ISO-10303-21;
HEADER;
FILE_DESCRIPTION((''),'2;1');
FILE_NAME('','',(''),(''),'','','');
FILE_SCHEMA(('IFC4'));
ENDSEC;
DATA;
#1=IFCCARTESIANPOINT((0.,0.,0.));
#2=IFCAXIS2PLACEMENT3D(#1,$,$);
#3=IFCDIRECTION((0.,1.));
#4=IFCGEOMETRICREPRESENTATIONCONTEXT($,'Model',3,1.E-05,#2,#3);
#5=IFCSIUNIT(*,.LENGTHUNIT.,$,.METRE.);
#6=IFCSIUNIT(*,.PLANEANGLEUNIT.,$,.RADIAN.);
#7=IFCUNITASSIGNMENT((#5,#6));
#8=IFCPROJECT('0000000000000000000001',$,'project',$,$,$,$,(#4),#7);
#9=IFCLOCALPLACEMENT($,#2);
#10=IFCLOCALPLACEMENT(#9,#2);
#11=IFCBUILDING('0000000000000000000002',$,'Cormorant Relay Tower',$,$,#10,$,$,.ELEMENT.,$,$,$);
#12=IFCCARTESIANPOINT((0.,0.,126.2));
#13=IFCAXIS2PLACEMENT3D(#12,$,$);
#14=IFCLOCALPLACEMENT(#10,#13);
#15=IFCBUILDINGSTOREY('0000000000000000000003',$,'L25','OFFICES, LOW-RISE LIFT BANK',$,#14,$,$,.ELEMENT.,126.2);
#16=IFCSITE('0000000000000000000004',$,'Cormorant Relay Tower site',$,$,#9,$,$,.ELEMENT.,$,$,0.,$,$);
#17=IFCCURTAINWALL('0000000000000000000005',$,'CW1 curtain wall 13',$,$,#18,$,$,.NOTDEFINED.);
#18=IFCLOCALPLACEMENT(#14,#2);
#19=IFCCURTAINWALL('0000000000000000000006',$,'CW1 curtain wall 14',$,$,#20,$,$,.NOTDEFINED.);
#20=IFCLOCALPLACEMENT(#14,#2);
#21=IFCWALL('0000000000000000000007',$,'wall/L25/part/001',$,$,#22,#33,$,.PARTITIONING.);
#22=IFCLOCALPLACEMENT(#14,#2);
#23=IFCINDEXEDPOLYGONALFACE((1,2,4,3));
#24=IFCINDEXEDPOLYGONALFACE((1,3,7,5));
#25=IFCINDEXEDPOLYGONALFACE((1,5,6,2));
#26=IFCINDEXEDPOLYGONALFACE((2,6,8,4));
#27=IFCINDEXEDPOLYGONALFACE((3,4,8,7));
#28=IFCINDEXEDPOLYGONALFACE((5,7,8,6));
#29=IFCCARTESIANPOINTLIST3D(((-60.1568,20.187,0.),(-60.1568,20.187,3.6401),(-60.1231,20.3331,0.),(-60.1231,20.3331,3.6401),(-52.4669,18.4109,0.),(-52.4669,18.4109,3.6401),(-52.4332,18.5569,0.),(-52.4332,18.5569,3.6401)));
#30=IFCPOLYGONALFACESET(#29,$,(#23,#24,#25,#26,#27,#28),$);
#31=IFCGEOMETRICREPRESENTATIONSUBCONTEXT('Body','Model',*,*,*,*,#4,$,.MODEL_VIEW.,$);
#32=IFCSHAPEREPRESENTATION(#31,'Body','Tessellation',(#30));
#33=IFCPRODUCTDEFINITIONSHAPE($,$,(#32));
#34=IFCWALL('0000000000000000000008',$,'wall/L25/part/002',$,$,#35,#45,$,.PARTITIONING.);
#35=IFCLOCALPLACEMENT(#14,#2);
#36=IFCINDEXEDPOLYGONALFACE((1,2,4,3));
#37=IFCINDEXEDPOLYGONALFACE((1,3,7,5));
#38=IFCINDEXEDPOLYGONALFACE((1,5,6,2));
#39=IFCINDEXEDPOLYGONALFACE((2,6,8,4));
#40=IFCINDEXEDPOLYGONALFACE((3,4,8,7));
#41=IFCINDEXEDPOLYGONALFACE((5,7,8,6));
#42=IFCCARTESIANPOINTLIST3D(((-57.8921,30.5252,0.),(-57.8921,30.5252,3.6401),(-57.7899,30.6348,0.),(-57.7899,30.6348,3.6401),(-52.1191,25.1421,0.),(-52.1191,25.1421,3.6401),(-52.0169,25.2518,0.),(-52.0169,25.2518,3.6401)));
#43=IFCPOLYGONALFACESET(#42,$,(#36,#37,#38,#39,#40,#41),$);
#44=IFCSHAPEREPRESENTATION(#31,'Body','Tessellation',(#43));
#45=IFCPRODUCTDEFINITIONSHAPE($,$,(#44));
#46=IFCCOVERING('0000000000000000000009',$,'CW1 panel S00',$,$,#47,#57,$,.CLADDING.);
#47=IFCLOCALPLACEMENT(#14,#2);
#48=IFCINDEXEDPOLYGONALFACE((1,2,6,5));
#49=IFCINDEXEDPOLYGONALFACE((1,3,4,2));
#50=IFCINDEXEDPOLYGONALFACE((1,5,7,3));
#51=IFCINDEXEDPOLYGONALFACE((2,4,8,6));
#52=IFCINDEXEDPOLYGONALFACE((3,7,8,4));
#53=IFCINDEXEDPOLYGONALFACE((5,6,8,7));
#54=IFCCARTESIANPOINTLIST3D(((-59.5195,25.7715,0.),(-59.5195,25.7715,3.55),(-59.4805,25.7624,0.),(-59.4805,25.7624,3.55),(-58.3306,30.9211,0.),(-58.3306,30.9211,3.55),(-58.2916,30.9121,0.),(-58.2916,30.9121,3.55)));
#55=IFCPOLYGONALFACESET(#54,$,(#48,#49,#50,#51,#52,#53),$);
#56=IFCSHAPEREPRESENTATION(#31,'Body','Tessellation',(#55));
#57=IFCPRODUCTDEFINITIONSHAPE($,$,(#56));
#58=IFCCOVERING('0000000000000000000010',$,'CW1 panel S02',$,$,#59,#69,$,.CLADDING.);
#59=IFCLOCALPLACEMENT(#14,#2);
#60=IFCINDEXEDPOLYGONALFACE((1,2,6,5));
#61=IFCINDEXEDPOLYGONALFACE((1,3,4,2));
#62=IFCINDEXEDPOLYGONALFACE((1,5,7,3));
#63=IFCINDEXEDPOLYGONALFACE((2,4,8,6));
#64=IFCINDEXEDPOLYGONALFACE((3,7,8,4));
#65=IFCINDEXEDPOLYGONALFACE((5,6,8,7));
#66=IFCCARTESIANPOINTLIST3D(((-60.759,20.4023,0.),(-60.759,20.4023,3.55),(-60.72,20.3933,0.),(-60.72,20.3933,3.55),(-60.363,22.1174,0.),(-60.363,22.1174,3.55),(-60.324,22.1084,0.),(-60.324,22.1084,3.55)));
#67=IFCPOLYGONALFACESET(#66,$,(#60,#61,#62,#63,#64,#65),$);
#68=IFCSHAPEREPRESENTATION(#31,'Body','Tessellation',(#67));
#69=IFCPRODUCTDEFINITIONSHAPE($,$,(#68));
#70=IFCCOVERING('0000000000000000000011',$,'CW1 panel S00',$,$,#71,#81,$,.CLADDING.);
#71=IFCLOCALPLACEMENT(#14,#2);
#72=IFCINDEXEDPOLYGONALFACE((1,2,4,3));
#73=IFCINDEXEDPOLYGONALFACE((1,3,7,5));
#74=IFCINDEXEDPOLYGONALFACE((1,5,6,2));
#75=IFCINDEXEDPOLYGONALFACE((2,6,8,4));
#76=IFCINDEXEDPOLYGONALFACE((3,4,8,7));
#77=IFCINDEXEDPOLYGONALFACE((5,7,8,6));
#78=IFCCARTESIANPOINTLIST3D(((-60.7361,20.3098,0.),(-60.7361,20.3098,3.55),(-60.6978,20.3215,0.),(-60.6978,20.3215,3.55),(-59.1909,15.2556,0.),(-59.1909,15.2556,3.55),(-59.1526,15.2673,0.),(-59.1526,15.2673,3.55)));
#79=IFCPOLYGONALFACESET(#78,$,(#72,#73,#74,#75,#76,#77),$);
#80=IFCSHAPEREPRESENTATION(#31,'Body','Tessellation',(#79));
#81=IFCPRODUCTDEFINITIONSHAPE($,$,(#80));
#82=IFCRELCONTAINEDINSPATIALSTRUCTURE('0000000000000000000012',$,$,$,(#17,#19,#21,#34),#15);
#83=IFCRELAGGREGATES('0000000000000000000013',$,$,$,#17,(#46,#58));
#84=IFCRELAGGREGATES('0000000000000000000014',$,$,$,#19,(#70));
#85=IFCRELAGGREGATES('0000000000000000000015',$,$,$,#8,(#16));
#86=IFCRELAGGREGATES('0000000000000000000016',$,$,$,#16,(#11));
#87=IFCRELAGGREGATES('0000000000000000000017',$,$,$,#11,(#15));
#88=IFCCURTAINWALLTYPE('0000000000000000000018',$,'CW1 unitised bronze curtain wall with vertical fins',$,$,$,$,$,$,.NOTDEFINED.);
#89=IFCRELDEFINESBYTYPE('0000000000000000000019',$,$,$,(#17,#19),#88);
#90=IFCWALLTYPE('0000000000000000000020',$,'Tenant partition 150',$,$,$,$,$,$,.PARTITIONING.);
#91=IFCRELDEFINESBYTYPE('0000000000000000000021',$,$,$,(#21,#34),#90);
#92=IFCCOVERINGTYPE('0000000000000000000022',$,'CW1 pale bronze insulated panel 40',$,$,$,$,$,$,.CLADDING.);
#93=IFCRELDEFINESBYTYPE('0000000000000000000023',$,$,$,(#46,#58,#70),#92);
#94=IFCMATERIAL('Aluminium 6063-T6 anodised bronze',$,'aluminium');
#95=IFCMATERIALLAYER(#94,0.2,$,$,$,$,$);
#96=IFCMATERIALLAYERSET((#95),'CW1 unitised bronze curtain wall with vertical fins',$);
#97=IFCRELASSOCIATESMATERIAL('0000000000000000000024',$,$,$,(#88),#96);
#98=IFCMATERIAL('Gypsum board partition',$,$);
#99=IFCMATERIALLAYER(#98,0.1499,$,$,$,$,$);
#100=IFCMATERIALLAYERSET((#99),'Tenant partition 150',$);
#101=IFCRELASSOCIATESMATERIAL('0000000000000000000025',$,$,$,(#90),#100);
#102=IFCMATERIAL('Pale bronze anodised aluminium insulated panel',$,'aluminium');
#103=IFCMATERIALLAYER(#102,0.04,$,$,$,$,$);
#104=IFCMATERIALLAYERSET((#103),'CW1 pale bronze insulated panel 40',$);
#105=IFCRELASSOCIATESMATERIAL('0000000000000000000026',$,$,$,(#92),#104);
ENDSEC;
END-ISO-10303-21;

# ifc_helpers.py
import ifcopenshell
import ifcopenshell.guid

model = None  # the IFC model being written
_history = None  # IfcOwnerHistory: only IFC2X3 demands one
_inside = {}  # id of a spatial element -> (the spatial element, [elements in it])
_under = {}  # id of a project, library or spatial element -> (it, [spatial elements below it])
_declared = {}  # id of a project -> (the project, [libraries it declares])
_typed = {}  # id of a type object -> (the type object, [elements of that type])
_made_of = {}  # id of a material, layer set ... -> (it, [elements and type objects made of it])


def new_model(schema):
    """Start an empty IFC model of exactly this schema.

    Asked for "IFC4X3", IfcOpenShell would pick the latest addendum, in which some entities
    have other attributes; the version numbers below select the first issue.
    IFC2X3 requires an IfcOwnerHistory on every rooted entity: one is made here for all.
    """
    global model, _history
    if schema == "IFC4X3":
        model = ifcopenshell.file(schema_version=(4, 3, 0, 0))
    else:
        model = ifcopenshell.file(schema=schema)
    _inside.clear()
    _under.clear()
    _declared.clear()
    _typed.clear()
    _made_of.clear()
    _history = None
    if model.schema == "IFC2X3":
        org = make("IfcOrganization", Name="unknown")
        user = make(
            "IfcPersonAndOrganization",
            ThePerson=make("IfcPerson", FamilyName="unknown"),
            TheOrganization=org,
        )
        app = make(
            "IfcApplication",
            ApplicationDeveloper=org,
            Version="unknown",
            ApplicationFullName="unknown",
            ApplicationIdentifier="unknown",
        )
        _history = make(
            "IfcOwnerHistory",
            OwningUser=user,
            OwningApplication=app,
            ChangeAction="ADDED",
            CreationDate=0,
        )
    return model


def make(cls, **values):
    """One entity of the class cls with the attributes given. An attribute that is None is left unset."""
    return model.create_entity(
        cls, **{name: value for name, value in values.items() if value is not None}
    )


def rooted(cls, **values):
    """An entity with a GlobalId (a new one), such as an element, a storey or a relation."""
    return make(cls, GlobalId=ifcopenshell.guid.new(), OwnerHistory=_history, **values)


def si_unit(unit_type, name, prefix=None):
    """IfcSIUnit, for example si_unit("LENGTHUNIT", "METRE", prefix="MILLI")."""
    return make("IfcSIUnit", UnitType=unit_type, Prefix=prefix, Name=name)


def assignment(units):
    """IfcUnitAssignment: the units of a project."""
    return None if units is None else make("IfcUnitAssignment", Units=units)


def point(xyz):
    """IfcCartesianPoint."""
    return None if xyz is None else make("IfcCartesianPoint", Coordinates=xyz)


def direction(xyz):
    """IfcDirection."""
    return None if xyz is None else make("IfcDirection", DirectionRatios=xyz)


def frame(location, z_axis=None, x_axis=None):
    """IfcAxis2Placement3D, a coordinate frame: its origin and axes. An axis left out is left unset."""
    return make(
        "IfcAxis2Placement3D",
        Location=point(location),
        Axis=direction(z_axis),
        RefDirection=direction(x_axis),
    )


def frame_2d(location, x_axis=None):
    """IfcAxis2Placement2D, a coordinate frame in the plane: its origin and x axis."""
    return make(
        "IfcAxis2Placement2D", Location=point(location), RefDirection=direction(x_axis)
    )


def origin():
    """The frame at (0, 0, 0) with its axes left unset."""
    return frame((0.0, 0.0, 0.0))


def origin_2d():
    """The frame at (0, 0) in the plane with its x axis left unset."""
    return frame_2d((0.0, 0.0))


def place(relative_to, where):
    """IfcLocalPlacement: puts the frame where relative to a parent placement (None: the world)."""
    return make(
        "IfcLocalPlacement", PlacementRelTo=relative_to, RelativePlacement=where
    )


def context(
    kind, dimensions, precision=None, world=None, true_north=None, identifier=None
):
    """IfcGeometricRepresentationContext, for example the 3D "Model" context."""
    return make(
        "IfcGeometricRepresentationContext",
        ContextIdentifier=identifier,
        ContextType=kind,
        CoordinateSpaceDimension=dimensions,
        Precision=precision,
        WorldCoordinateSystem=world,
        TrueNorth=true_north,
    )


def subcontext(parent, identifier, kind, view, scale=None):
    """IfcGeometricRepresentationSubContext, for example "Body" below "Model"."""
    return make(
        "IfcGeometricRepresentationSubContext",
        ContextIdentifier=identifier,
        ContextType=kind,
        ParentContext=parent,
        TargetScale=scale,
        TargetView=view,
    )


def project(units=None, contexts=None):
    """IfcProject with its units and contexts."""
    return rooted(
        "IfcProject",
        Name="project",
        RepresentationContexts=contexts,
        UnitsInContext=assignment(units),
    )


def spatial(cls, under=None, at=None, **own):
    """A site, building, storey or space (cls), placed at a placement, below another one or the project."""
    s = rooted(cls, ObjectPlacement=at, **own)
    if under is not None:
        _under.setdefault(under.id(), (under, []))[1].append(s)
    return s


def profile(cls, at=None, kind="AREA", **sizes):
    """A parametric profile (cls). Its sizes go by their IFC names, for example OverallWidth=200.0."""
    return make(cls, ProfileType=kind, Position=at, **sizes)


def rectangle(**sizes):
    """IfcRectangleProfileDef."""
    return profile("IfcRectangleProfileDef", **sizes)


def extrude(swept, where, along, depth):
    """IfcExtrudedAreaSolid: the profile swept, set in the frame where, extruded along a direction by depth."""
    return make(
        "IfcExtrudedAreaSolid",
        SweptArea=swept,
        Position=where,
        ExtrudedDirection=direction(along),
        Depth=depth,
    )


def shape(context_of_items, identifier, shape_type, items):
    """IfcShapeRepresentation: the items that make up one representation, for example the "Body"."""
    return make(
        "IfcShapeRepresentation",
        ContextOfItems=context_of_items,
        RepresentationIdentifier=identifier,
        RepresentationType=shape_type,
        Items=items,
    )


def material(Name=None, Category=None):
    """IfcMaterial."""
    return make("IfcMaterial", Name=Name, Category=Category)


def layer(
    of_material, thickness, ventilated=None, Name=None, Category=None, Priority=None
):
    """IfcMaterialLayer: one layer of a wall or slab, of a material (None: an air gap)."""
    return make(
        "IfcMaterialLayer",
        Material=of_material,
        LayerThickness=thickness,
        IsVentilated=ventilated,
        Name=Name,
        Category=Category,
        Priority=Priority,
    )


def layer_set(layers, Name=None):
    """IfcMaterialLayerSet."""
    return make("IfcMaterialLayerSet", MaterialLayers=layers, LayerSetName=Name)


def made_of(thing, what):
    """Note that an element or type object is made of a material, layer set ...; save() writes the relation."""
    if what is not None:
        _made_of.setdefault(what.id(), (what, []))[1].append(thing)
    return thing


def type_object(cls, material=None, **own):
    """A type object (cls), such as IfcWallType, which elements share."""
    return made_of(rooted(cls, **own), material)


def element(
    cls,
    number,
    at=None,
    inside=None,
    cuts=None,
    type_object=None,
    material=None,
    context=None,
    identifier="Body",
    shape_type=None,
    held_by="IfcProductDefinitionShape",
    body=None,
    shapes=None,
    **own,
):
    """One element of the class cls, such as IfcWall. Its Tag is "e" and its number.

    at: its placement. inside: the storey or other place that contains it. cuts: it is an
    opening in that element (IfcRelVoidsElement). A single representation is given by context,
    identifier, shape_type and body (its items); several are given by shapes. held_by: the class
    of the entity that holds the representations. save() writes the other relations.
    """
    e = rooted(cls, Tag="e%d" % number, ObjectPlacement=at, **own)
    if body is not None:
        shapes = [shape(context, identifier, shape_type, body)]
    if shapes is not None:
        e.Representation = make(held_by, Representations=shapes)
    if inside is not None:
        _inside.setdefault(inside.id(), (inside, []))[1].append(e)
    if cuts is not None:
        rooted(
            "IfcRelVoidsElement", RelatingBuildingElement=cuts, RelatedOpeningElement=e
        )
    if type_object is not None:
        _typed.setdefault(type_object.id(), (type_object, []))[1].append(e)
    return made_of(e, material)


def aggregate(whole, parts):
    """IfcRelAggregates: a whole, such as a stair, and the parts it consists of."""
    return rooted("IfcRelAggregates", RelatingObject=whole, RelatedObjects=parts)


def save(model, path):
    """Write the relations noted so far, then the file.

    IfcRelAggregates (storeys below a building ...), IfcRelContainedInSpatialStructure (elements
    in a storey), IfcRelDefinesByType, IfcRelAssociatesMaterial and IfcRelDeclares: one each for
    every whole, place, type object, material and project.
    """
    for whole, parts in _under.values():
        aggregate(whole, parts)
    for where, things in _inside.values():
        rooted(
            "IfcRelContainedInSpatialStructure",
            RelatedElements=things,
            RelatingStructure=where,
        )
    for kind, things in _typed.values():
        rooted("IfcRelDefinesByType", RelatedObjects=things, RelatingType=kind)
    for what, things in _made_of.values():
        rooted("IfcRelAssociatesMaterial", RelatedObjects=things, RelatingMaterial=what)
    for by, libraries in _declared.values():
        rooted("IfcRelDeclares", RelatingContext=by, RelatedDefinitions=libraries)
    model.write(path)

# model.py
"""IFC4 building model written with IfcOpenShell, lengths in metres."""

from ifc_helpers import new_model, si_unit, direction, frame, frame_2d, origin, origin_2d, place, context, subcontext, project, spatial, rectangle, extrude, material, layer, layer_set, type_object, element, aggregate, save


model = new_model("IFC4")

# Units and contexts
model_context = context("Model", 3, precision=1e-05, world=origin(), true_north=direction((0.0, 1.0)))
body_context = subcontext(model_context, "Body", "Model", "MODEL_VIEW")
ifc_project = project(units=[si_unit("LENGTHUNIT", "METRE"), si_unit("PLANEANGLEUNIT", "RADIAN")], contexts=[model_context])

# Site, building, storey
site_placement = place(None, origin())
site = spatial("IfcSite", under=ifc_project, at=site_placement, Name="Cormorant Relay Tower site", CompositionType="ELEMENT", RefElevation=0.0)
building_placement = place(site_placement, origin())
building = spatial("IfcBuilding", under=site, at=building_placement, Name="Cormorant Relay Tower", CompositionType="ELEMENT")
storey_placement = place(building_placement, frame((0.0, 0.0, 126.2)))
storey = spatial("IfcBuildingStorey", under=building, at=storey_placement, Name="L25", Description="OFFICES, LOW-RISE LIFT BANK", CompositionType="ELEMENT", Elevation=126.2)

# Curtain walls
ifc_material_1 = material(Name="Aluminium 6063-T6 anodised bronze", Category="aluminium")
ifc_layer_1 = layer(ifc_material_1, 0.2)
ifc_layer_set_1 = layer_set([ifc_layer_1], Name="CW1 unitised bronze curtain wall with vertical fins")
curtain_wall_type = type_object("IfcCurtainWallType", Name="CW1 unitised bronze curtain wall with vertical fins", PredefinedType="NOTDEFINED", material=ifc_layer_set_1)
curtain_wall_1_placement = place(storey_placement, origin())
curtain_wall_1 = element("IfcCurtainWall", 1, at=curtain_wall_1_placement, inside=storey, type_object=curtain_wall_type, Name="CW1 curtain wall 13", PredefinedType="NOTDEFINED")
curtain_wall_2_placement = place(storey_placement, origin())
curtain_wall_2 = element("IfcCurtainWall", 2, at=curtain_wall_2_placement, inside=storey, type_object=curtain_wall_type, Name="CW1 curtain wall 14", PredefinedType="NOTDEFINED")

# Walls
ifc_material_2 = material(Name="Gypsum board partition")
ifc_layer_2 = layer(ifc_material_2, 0.1499)
ifc_layer_set_2 = layer_set([ifc_layer_2], Name="Tenant partition 150")
wall_type_1 = type_object("IfcWallType", Name="Tenant partition 150", PredefinedType="PARTITIONING", material=ifc_layer_set_2)
wall_1_placement = place(storey_placement, frame((-52.45, 18.4839, 0.0), z_axis=(0.0, 0.0, 1.0), x_axis=(-0.974349, 0.225042, 0.0)))
element("IfcWall", 3, at=wall_1_placement, inside=storey, type_object=wall_type_1, Name="wall/L25/part/001", PredefinedType="PARTITIONING", context=body_context, shape_type="SweptSolid", body=[
    extrude(rectangle(XDim=7.8923, YDim=0.1499, at=frame_2d((3.9463, 0.0))), origin(), (0.0, 0.0, 1.0), 3.6401),
])
wall_2_placement = place(storey_placement, frame((-57.8411, 30.5801, 0.0), z_axis=(0.0, 0.0, 1.0), x_axis=(0.731373, -0.681978, 0.0)))
element("IfcWall", 4, at=wall_2_placement, inside=storey, type_object=wall_type_1, Name="wall/L25/part/002", PredefinedType="PARTITIONING", context=body_context, shape_type="SweptSolid", body=[
    extrude(rectangle(XDim=7.8933, YDim=0.1499, at=frame_2d((3.9468, 0.0))), origin(), (0.0, 0.0, 1.0), 3.6401),
])

# Coverings
ifc_material_3 = material(Name="Pale bronze anodised aluminium insulated panel", Category="aluminium")
ifc_layer_3 = layer(ifc_material_3, 0.04)
ifc_layer_set_3 = layer_set([ifc_layer_3], Name="CW1 pale bronze insulated panel 40")
covering_type = type_object("IfcCoveringType", Name="CW1 pale bronze insulated panel 40", PredefinedType="CLADDING", material=ifc_layer_set_3)
covering_1_placement = place(storey_placement, frame((-58.9055, 28.3418, 0.0), z_axis=(0.0, 0.0, 1.0), x_axis=(-0.224951, -0.97437, 0.0)))
covering_1 = element("IfcCovering", 5, at=covering_1_placement, type_object=covering_type, Name="CW1 panel S00", PredefinedType="CLADDING", context=body_context, shape_type="SweptSolid", body=[
    extrude(rectangle(XDim=5.2852, YDim=0.04, at=origin_2d()), origin(), (0.0, 0.0, 1.0), 3.55),
])
covering_2_placement = place(storey_placement, frame((-60.5415, 21.2554, 0.0), z_axis=(0.0, 0.0, 1.0), x_axis=(-0.224951, -0.97437, 0.0)))
covering_2 = element("IfcCovering", 6, at=covering_2_placement, type_object=covering_type, Name="CW1 panel S02", PredefinedType="CLADDING", context=body_context, shape_type="SweptSolid", body=[
    extrude(rectangle(XDim=1.7603, YDim=0.04, at=origin_2d()), origin(), (0.0, 0.0, 1.0), 3.55),
])
aggregate(curtain_wall_1, [covering_1, covering_2])
covering_3_placement = place(storey_placement, frame((-59.9443, 17.7886, 0.0), z_axis=(0.0, 0.0, 1.0), x_axis=(0.292372, -0.956305, 0.0)))
covering_3 = element("IfcCovering", 7, at=covering_3_placement, type_object=covering_type, Name="CW1 panel S00", PredefinedType="CLADDING", context=body_context, shape_type="SweptSolid", body=[
    extrude(rectangle(XDim=5.2852, YDim=0.04, at=origin_2d()), origin(), (0.0, 0.0, 1.0), 3.55),
])
aggregate(curtain_wall_2, [covering_3])

save(model, "model.ifc")
